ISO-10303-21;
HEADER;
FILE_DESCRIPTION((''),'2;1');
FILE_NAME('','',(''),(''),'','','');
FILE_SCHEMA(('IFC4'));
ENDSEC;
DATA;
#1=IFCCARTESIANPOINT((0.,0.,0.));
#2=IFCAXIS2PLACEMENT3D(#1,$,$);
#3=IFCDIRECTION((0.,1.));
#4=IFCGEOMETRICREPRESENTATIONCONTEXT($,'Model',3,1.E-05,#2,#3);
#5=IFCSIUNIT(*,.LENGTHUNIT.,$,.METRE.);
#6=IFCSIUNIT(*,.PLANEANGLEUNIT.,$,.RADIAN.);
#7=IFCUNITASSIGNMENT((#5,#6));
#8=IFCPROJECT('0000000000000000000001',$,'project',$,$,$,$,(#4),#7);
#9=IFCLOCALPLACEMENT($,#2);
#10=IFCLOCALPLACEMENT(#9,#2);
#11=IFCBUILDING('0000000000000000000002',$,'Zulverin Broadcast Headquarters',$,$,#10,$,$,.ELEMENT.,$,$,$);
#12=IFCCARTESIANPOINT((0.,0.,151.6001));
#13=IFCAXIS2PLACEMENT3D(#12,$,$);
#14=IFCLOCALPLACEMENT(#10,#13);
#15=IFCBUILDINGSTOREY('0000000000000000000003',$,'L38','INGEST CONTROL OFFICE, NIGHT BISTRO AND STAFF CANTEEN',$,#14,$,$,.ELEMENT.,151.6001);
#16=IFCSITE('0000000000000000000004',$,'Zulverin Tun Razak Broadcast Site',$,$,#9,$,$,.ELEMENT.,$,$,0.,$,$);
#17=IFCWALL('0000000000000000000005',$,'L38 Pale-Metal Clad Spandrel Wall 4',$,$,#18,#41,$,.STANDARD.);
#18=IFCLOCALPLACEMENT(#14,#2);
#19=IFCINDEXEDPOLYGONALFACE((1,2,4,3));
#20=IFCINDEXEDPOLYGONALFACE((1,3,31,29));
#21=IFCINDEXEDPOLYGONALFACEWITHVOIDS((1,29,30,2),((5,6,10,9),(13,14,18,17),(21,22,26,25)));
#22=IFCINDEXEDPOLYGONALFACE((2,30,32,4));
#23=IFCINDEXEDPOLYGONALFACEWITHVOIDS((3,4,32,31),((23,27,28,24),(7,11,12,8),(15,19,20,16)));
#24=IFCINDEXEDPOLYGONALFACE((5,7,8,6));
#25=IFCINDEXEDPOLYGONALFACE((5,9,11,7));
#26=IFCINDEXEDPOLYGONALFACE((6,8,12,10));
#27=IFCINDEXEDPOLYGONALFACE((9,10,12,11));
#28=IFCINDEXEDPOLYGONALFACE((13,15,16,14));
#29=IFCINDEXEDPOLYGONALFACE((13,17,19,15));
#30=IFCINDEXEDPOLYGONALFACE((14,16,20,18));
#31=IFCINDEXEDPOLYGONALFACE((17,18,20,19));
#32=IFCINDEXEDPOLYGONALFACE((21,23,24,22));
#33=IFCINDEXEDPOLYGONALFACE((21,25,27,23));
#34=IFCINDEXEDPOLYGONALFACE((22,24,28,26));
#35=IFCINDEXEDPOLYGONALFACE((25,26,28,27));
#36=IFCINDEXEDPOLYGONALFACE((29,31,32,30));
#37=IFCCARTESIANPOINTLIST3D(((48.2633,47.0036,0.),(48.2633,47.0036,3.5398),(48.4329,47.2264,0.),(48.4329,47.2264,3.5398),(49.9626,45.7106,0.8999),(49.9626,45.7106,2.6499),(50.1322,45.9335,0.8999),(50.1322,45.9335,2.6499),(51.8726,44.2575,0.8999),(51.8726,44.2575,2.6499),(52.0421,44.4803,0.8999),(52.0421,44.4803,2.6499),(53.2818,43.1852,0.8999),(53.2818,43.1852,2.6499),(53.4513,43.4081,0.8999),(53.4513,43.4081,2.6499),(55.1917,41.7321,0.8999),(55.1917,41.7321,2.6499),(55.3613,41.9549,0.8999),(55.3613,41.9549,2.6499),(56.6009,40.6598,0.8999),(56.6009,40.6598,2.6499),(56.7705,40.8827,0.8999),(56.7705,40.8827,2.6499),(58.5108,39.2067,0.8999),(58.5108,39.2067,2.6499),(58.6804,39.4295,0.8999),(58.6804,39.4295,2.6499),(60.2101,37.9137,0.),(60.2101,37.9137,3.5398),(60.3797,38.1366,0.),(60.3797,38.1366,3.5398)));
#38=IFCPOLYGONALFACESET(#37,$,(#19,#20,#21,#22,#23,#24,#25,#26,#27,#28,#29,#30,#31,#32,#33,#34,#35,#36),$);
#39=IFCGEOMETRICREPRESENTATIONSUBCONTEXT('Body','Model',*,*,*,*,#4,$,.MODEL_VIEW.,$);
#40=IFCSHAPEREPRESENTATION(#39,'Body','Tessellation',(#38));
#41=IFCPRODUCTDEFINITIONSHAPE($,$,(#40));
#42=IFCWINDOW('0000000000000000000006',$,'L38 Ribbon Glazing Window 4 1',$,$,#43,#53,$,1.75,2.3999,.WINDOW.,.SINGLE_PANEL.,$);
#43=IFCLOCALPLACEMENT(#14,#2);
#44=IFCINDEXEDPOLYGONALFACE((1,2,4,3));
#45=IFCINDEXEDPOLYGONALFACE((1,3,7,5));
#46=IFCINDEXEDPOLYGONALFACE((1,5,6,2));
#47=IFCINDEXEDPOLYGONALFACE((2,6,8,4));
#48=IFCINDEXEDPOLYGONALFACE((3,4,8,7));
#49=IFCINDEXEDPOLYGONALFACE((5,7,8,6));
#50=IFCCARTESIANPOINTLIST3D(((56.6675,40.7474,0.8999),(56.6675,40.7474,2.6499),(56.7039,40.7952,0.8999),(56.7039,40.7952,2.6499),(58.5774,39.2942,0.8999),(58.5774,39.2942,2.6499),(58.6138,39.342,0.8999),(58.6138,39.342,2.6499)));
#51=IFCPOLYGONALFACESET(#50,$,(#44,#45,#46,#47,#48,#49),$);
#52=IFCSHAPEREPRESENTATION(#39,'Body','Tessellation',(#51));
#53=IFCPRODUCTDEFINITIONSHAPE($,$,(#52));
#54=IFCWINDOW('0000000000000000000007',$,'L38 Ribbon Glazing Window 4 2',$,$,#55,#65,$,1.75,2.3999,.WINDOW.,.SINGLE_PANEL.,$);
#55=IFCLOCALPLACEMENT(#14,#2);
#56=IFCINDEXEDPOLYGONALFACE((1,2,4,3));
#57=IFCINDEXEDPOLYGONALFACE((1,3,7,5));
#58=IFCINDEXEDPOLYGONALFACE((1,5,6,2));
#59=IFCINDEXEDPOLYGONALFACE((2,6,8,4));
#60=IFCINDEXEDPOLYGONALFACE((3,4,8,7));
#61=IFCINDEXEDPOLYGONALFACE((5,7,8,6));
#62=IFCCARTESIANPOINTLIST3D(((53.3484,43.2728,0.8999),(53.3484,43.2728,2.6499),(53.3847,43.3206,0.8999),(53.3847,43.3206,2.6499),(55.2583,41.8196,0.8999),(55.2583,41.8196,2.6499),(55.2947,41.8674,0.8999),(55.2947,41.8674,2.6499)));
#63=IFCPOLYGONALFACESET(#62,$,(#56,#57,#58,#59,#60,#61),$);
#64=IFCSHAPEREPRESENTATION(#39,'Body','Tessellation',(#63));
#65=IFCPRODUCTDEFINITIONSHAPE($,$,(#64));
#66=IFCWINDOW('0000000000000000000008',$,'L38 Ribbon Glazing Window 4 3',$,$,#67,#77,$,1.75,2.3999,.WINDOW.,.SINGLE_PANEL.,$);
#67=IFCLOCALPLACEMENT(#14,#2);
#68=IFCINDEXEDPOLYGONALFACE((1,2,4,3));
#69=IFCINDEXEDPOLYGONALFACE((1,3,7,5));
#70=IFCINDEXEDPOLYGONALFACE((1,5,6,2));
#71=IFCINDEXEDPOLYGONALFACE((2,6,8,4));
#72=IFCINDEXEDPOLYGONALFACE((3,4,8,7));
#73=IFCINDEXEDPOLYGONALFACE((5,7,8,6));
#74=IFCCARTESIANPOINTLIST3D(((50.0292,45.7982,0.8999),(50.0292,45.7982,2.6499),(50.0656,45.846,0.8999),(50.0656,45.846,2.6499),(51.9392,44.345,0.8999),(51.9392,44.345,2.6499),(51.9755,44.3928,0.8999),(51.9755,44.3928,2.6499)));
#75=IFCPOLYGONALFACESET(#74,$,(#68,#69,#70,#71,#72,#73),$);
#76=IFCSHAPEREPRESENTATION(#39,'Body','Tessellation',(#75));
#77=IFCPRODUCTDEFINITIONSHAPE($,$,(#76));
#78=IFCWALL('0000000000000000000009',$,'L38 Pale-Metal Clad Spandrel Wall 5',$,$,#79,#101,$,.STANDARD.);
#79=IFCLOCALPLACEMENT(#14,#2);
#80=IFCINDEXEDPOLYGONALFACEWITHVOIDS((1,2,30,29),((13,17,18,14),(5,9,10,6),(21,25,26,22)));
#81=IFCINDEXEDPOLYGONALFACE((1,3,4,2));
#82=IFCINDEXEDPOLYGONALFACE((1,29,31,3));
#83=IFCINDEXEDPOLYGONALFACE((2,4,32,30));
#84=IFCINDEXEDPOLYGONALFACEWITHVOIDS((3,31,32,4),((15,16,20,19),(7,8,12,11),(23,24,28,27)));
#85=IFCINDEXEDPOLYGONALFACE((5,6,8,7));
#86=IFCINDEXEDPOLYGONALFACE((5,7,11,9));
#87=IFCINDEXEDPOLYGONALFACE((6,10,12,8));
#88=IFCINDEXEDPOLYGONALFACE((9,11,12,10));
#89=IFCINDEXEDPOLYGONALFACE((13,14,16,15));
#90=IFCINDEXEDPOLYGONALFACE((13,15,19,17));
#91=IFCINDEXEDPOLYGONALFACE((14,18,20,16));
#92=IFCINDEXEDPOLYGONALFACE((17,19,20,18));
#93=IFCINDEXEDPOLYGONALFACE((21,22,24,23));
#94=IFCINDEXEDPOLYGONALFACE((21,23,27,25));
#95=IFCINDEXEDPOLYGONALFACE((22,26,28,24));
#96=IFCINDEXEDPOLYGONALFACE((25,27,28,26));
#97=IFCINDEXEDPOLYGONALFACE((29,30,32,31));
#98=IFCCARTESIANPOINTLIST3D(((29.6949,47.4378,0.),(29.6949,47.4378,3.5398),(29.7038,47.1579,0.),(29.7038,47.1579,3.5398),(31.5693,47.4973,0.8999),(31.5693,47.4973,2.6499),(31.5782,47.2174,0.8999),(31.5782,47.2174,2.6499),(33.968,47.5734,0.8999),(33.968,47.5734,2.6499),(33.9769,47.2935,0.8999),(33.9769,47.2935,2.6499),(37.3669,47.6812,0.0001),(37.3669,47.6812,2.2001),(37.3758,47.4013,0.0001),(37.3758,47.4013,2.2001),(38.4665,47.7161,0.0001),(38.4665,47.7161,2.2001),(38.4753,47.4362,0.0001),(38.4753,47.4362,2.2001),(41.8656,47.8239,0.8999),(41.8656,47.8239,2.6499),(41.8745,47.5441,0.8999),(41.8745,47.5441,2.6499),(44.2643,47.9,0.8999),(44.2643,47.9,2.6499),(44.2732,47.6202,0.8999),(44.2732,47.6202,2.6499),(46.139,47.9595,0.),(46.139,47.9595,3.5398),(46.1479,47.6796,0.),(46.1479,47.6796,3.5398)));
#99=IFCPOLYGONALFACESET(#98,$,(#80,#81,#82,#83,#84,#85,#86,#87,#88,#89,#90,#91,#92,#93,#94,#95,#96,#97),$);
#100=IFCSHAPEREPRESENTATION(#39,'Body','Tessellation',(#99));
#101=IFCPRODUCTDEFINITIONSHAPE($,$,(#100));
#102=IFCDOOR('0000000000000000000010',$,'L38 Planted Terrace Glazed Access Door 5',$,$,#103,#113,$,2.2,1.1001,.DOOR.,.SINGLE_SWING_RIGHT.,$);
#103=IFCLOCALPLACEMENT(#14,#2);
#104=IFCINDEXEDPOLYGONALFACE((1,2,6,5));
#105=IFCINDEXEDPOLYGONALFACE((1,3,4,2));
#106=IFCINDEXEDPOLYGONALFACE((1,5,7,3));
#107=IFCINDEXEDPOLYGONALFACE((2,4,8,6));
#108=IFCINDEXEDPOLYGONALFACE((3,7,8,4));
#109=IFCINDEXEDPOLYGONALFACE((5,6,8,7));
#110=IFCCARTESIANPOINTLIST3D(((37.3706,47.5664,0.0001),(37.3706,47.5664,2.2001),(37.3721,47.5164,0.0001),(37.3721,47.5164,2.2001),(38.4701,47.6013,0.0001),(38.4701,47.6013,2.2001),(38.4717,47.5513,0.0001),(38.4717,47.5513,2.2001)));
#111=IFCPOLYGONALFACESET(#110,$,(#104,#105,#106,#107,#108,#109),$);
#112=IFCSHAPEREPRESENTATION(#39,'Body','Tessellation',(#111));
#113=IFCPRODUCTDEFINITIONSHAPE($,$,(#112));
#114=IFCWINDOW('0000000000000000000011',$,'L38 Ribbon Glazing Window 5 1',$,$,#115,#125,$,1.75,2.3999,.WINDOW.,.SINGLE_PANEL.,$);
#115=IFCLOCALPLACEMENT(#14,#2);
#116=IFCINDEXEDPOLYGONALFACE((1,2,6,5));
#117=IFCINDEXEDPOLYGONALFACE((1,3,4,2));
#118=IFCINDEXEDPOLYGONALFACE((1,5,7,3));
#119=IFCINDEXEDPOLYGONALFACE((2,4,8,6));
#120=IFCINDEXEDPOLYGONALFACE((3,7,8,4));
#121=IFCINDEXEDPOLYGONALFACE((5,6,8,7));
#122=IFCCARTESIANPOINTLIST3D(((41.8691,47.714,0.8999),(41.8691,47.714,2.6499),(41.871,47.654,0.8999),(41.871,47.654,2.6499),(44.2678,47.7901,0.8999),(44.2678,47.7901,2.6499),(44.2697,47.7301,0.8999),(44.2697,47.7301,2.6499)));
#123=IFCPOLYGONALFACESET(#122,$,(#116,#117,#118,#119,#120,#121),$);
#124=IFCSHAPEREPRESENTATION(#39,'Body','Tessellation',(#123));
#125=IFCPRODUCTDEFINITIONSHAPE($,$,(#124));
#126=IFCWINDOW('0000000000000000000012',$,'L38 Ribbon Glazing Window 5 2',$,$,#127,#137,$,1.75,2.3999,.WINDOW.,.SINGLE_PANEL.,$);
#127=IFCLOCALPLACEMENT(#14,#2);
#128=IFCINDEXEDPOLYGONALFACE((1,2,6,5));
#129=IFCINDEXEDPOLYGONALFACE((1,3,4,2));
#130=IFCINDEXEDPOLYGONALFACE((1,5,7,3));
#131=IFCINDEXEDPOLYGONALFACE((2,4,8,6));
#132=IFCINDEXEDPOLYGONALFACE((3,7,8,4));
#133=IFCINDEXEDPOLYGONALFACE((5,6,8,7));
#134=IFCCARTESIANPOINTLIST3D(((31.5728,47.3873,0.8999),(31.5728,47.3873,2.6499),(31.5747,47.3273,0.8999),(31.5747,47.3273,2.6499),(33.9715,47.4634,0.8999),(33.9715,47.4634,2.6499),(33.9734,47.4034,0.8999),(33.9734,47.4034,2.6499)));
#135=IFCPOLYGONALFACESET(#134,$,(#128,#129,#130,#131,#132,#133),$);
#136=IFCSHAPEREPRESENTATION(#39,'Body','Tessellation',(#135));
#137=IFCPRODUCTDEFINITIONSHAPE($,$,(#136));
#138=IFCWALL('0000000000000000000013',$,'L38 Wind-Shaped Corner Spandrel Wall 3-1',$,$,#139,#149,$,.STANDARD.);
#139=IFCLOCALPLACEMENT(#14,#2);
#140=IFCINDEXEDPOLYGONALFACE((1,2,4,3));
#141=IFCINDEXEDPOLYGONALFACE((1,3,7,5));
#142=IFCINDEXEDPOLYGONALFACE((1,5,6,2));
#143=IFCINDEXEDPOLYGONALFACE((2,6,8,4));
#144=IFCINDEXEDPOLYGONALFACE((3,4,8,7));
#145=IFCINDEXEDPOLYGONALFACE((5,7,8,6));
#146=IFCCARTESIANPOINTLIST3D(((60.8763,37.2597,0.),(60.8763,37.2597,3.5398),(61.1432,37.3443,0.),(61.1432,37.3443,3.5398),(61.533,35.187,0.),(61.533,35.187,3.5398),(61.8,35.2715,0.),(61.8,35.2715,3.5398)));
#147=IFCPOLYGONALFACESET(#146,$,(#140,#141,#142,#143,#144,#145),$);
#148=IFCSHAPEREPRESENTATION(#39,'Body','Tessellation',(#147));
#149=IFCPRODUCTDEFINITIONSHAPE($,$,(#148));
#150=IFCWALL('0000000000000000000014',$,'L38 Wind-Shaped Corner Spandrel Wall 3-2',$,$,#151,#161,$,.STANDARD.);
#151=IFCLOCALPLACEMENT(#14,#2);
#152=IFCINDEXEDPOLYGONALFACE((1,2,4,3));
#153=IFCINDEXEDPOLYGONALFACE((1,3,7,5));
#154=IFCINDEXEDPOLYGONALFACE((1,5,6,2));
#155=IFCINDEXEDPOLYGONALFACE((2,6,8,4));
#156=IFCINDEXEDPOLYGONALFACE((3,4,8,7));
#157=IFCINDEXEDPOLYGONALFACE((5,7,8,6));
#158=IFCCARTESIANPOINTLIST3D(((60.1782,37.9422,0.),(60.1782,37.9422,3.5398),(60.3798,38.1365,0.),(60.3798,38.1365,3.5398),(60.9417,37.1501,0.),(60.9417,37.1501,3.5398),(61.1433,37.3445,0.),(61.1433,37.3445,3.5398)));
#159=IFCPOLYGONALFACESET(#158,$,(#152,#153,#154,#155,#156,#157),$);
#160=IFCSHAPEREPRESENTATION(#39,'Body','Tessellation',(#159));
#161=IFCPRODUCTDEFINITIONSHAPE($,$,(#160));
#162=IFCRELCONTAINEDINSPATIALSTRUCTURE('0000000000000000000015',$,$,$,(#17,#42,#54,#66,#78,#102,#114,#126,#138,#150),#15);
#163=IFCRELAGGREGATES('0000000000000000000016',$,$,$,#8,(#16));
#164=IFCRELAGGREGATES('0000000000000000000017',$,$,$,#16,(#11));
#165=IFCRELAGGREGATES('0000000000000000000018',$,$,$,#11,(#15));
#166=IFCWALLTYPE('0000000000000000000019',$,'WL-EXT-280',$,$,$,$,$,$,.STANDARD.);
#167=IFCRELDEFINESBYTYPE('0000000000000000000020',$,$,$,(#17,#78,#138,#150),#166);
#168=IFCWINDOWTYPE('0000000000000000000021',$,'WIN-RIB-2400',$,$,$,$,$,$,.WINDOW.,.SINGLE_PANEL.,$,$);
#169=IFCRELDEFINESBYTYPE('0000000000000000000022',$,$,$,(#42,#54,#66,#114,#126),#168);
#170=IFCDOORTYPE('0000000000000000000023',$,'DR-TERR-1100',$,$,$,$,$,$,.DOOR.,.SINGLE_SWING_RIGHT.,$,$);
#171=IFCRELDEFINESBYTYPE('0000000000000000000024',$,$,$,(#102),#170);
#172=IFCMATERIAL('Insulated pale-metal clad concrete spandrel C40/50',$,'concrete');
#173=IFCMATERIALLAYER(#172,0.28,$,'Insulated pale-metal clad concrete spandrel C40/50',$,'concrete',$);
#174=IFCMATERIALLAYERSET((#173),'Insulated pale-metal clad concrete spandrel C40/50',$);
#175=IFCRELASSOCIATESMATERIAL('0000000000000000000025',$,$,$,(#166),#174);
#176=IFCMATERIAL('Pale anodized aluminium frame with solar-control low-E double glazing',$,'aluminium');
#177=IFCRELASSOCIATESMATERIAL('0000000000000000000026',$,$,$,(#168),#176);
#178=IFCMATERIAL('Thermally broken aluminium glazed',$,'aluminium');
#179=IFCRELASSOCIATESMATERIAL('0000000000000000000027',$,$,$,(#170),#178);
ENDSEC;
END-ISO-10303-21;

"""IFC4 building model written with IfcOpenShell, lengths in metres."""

from ifc_helpers import new_model, si_unit, direction, frame, frame_2d, origin, place, context, subcontext, project, spatial, rectangle, extrude, material, layer, layer_set, type_object, element, fill, save


model = new_model("IFC4")

# Units and contexts
model_context = context("Model", 3, precision=1e-05, world=origin(), true_north=direction((0.0, 1.0)))
body_context = subcontext(model_context, "Body", "Model", "MODEL_VIEW")
ifc_project = project(units=[si_unit("LENGTHUNIT", "METRE"), si_unit("PLANEANGLEUNIT", "RADIAN")], contexts=[model_context])

# Site, building, storey
site_placement = place(None, origin())
site = spatial("IfcSite", under=ifc_project, at=site_placement, Name="Zulverin Tun Razak Broadcast Site", CompositionType="ELEMENT", RefElevation=0.0)
building_placement = place(site_placement, origin())
building = spatial("IfcBuilding", under=site, at=building_placement, Name="Zulverin Broadcast Headquarters", CompositionType="ELEMENT")
storey_placement = place(building_placement, frame((0.0, 0.0, 151.6001)))
storey = spatial("IfcBuildingStorey", under=building, at=storey_placement, Name="L38", Description="INGEST CONTROL OFFICE, NIGHT BISTRO AND STAFF CANTEEN", CompositionType="ELEMENT", Elevation=151.6001)

# Wall, openings, windows
ifc_material_1 = material(Name="Insulated pale-metal clad concrete spandrel C40/50", Category="concrete")
ifc_layer_1 = layer(ifc_material_1, 0.28, Name="Insulated pale-metal clad concrete spandrel C40/50", Category="concrete")
ifc_layer_set_1 = layer_set([ifc_layer_1], Name="Insulated pale-metal clad concrete spandrel C40/50")
wall_type = type_object("IfcWallType", Name="WL-EXT-280", PredefinedType="STANDARD", material=ifc_layer_set_1)
wall_1_placement = place(storey_placement, frame((60.2949, 38.0251, 0.0), z_axis=(0.0, 0.0, 1.0), x_axis=(-0.795832, 0.605518, 0.0)))
wall_1 = element("IfcWall", 1, at=wall_1_placement, inside=storey, type_object=wall_type, Name="L38 Pale-Metal Clad Spandrel Wall 4", PredefinedType="STANDARD", context=body_context, shape_type="SweptSolid", body=[
    extrude(rectangle(XDim=15.0117, YDim=0.28, at=frame_2d((7.5059, 0.0))), origin(), (0.0, 0.0, 1.0), 3.5398),
])
opening_1_placement = place(wall_1_placement, frame((2.1353, 0.0, 0.8999)))
opening_1 = element("IfcOpeningElement", 2, at=opening_1_placement, cuts=wall_1, PredefinedType="OPENING", context=body_context, shape_type="SweptSolid", body=[
    extrude(rectangle(XDim=2.3999, YDim=1.75, at=frame_2d((1.2, 0.875))), frame((0.0, 0.1499, 0.0), z_axis=(0.0, -1.0, 0.0), x_axis=(1.0, 0.0, 0.0)), (0.0, 0.0, 1.0), 0.3),
])
opening_2_placement = place(wall_1_placement, frame((6.3059, 0.0, 0.8999)))
opening_2 = element("IfcOpeningElement", 3, at=opening_2_placement, cuts=wall_1, PredefinedType="OPENING", context=body_context, shape_type="SweptSolid", body=[
    extrude(rectangle(XDim=2.3999, YDim=1.75, at=frame_2d((1.2, 0.875))), frame((0.0, 0.1499, 0.0), z_axis=(0.0, -1.0, 0.0), x_axis=(1.0, 0.0, 0.0)), (0.0, 0.0, 1.0), 0.3),
])
opening_3_placement = place(wall_1_placement, frame((10.4766, 0.0, 0.8999)))
opening_3 = element("IfcOpeningElement", 4, at=opening_3_placement, cuts=wall_1, PredefinedType="OPENING", context=body_context, shape_type="SweptSolid", body=[
    extrude(rectangle(XDim=2.3999, YDim=1.75, at=frame_2d((1.2, 0.875))), frame((0.0, 0.1499, 0.0), z_axis=(0.0, -1.0, 0.0), x_axis=(1.0, 0.0, 0.0)), (0.0, 0.0, 1.0), 0.3),
])
ifc_material_2 = material(Name="Pale anodized aluminium frame with solar-control low-E double glazing", Category="aluminium")
window_type = type_object("IfcWindowType", Name="WIN-RIB-2400", PartitioningType="SINGLE_PANEL", PredefinedType="WINDOW", material=ifc_material_2)
window_1_placement = place(opening_1_placement, origin())
window_1 = element("IfcWindow", 5, at=window_1_placement, inside=storey, type_object=window_type, Name="L38 Ribbon Glazing Window 4 1", OverallHeight=1.75, OverallWidth=2.3999, PartitioningType="SINGLE_PANEL", PredefinedType="WINDOW", context=body_context, shape_type="SweptSolid", body=[
    extrude(rectangle(XDim=2.3999, YDim=1.75, at=frame_2d((1.2, 0.875))), frame((0.0, 0.03, 0.0), z_axis=(0.0, -1.0, 0.0), x_axis=(1.0, 0.0, 0.0)), (0.0, 0.0, 1.0), 0.0601),
])
fill(opening_1, window_1)
window_2_placement = place(opening_2_placement, origin())
window_2 = element("IfcWindow", 6, at=window_2_placement, inside=storey, type_object=window_type, Name="L38 Ribbon Glazing Window 4 2", OverallHeight=1.75, OverallWidth=2.3999, PartitioningType="SINGLE_PANEL", PredefinedType="WINDOW", context=body_context, shape_type="SweptSolid", body=[
    extrude(rectangle(XDim=2.3999, YDim=1.75, at=frame_2d((1.2, 0.875))), frame((0.0, 0.03, 0.0), z_axis=(0.0, -1.0, 0.0), x_axis=(1.0, 0.0, 0.0)), (0.0, 0.0, 1.0), 0.0601),
])
fill(opening_2, window_2)
window_3_placement = place(opening_3_placement, origin())
window_3 = element("IfcWindow", 7, at=window_3_placement, inside=storey, type_object=window_type, Name="L38 Ribbon Glazing Window 4 3", OverallHeight=1.75, OverallWidth=2.3999, PartitioningType="SINGLE_PANEL", PredefinedType="WINDOW", context=body_context, shape_type="SweptSolid", body=[
    extrude(rectangle(XDim=2.3999, YDim=1.75, at=frame_2d((1.2, 0.875))), frame((0.0, 0.03, 0.0), z_axis=(0.0, -1.0, 0.0), x_axis=(1.0, 0.0, 0.0)), (0.0, 0.0, 1.0), 0.0601),
])
fill(opening_3, window_3)

# Wall, openings, door, windows
wall_2_placement = place(storey_placement, frame((46.1433, 47.8196, 0.0), z_axis=(0.0, 0.0, 1.0), x_axis=(-0.999497, -0.031711, 0.0)))
wall_2 = element("IfcWall", 8, at=wall_2_placement, inside=storey, type_object=wall_type, Name="L38 Pale-Metal Clad Spandrel Wall 5", PredefinedType="STANDARD", context=body_context, shape_type="SweptSolid", body=[
    extrude(rectangle(XDim=16.4524, YDim=0.28, at=frame_2d((8.2261, 0.0))), origin(), (0.0, 0.0, 1.0), 3.5398),
])
opening_4_placement = place(wall_2_placement, frame((7.6763, 0.0, 0.0)))
opening_4 = element("IfcOpeningElement", 9, at=opening_4_placement, cuts=wall_2, PredefinedType="OPENING", context=body_context, shape_type="SweptSolid", body=[
    extrude(rectangle(XDim=1.1001, YDim=2.2, at=frame_2d((0.55, 1.1001))), frame((0.0, 0.1499, 0.0), z_axis=(0.0, -1.0, 0.0), x_axis=(1.0, 0.0, 0.0)), (0.0, 0.0, 1.0), 0.3),
])
opening_5_placement = place(wall_2_placement, frame((1.8755, 0.0, 0.8999)))
opening_5 = element("IfcOpeningElement", 10, at=opening_5_placement, cuts=wall_2, PredefinedType="OPENING", context=body_context, shape_type="SweptSolid", body=[
    extrude(rectangle(XDim=2.3999, YDim=1.75, at=frame_2d((1.2, 0.875))), frame((0.0, 0.1499, 0.0), z_axis=(0.0, -1.0, 0.0), x_axis=(1.0, 0.0, 0.0)), (0.0, 0.0, 1.0), 0.3),
])
opening_6_placement = place(wall_2_placement, frame((12.177, 0.0, 0.8999)))
opening_6 = element("IfcOpeningElement", 11, at=opening_6_placement, cuts=wall_2, PredefinedType="OPENING", context=body_context, shape_type="SweptSolid", body=[
    extrude(rectangle(XDim=2.3999, YDim=1.75, at=frame_2d((1.2, 0.875))), frame((0.0, 0.1499, 0.0), z_axis=(0.0, -1.0, 0.0), x_axis=(1.0, 0.0, 0.0)), (0.0, 0.0, 1.0), 0.3),
])
ifc_material_3 = material(Name="Thermally broken aluminium glazed", Category="aluminium")
door_type = type_object("IfcDoorType", Name="DR-TERR-1100", OperationType="SINGLE_SWING_RIGHT", PredefinedType="DOOR", material=ifc_material_3)
door_placement = place(opening_4_placement, origin())
door = element("IfcDoor", 12, at=door_placement, inside=storey, type_object=door_type, Name="L38 Planted Terrace Glazed Access Door 5", OperationType="SINGLE_SWING_RIGHT", OverallHeight=2.2, OverallWidth=1.1001, PredefinedType="DOOR", context=body_context, shape_type="SweptSolid", body=[
    extrude(rectangle(XDim=1.1001, YDim=2.2, at=frame_2d((0.55, 1.1001))), frame((0.0, 0.0249, 0.0), z_axis=(0.0, -1.0, 0.0), x_axis=(1.0, 0.0, 0.0)), (0.0, 0.0, 1.0), 0.05),
])
fill(opening_4, door)
window_4_placement = place(opening_5_placement, origin())
window_4 = element("IfcWindow", 13, at=window_4_placement, inside=storey, type_object=window_type, Name="L38 Ribbon Glazing Window 5 1", OverallHeight=1.75, OverallWidth=2.3999, PartitioningType="SINGLE_PANEL", PredefinedType="WINDOW", context=body_context, shape_type="SweptSolid", body=[
    extrude(rectangle(XDim=2.3999, YDim=1.75, at=frame_2d((1.2, 0.875))), frame((0.0, 0.03, 0.0), z_axis=(0.0, -1.0, 0.0), x_axis=(1.0, 0.0, 0.0)), (0.0, 0.0, 1.0), 0.0601),
])
fill(opening_5, window_4)
window_5_placement = place(opening_6_placement, origin())
window_5 = element("IfcWindow", 14, at=window_5_placement, inside=storey, type_object=window_type, Name="L38 Ribbon Glazing Window 5 2", OverallHeight=1.75, OverallWidth=2.3999, PartitioningType="SINGLE_PANEL", PredefinedType="WINDOW", context=body_context, shape_type="SweptSolid", body=[
    extrude(rectangle(XDim=2.3999, YDim=1.75, at=frame_2d((1.2, 0.875))), frame((0.0, 0.03, 0.0), z_axis=(0.0, -1.0, 0.0), x_axis=(1.0, 0.0, 0.0)), (0.0, 0.0, 1.0), 0.0601),
])
fill(opening_6, window_5)

# Walls
wall_3_placement = place(storey_placement, frame((61.6665, 35.2292, 0.0), z_axis=(0.0, 0.0, 1.0), x_axis=(-0.302045, 0.953294, 0.0)))
element("IfcWall", 15, at=wall_3_placement, inside=storey, type_object=wall_type, Name="L38 Wind-Shaped Corner Spandrel Wall 3-1", PredefinedType="STANDARD", context=body_context, shape_type="SweptSolid", body=[
    extrude(rectangle(XDim=2.1743, YDim=0.28, at=frame_2d((1.0872, 0.0))), origin(), (0.0, 0.0, 1.0), 3.5398),
])
wall_4_placement = place(storey_placement, frame((61.0425, 37.2473, 0.0), z_axis=(0.0, 0.0, 1.0), x_axis=(-0.694004, 0.719971, 0.0)))
element("IfcWall", 16, at=wall_4_placement, inside=storey, type_object=wall_type, Name="L38 Wind-Shaped Corner Spandrel Wall 3-2", PredefinedType="STANDARD", context=body_context, shape_type="SweptSolid", body=[
    extrude(rectangle(XDim=1.1001, YDim=0.28, at=frame_2d((0.55, 0.0))), origin(), (0.0, 0.0, 1.0), 3.5398),
])

save(model, "model.ifc")
